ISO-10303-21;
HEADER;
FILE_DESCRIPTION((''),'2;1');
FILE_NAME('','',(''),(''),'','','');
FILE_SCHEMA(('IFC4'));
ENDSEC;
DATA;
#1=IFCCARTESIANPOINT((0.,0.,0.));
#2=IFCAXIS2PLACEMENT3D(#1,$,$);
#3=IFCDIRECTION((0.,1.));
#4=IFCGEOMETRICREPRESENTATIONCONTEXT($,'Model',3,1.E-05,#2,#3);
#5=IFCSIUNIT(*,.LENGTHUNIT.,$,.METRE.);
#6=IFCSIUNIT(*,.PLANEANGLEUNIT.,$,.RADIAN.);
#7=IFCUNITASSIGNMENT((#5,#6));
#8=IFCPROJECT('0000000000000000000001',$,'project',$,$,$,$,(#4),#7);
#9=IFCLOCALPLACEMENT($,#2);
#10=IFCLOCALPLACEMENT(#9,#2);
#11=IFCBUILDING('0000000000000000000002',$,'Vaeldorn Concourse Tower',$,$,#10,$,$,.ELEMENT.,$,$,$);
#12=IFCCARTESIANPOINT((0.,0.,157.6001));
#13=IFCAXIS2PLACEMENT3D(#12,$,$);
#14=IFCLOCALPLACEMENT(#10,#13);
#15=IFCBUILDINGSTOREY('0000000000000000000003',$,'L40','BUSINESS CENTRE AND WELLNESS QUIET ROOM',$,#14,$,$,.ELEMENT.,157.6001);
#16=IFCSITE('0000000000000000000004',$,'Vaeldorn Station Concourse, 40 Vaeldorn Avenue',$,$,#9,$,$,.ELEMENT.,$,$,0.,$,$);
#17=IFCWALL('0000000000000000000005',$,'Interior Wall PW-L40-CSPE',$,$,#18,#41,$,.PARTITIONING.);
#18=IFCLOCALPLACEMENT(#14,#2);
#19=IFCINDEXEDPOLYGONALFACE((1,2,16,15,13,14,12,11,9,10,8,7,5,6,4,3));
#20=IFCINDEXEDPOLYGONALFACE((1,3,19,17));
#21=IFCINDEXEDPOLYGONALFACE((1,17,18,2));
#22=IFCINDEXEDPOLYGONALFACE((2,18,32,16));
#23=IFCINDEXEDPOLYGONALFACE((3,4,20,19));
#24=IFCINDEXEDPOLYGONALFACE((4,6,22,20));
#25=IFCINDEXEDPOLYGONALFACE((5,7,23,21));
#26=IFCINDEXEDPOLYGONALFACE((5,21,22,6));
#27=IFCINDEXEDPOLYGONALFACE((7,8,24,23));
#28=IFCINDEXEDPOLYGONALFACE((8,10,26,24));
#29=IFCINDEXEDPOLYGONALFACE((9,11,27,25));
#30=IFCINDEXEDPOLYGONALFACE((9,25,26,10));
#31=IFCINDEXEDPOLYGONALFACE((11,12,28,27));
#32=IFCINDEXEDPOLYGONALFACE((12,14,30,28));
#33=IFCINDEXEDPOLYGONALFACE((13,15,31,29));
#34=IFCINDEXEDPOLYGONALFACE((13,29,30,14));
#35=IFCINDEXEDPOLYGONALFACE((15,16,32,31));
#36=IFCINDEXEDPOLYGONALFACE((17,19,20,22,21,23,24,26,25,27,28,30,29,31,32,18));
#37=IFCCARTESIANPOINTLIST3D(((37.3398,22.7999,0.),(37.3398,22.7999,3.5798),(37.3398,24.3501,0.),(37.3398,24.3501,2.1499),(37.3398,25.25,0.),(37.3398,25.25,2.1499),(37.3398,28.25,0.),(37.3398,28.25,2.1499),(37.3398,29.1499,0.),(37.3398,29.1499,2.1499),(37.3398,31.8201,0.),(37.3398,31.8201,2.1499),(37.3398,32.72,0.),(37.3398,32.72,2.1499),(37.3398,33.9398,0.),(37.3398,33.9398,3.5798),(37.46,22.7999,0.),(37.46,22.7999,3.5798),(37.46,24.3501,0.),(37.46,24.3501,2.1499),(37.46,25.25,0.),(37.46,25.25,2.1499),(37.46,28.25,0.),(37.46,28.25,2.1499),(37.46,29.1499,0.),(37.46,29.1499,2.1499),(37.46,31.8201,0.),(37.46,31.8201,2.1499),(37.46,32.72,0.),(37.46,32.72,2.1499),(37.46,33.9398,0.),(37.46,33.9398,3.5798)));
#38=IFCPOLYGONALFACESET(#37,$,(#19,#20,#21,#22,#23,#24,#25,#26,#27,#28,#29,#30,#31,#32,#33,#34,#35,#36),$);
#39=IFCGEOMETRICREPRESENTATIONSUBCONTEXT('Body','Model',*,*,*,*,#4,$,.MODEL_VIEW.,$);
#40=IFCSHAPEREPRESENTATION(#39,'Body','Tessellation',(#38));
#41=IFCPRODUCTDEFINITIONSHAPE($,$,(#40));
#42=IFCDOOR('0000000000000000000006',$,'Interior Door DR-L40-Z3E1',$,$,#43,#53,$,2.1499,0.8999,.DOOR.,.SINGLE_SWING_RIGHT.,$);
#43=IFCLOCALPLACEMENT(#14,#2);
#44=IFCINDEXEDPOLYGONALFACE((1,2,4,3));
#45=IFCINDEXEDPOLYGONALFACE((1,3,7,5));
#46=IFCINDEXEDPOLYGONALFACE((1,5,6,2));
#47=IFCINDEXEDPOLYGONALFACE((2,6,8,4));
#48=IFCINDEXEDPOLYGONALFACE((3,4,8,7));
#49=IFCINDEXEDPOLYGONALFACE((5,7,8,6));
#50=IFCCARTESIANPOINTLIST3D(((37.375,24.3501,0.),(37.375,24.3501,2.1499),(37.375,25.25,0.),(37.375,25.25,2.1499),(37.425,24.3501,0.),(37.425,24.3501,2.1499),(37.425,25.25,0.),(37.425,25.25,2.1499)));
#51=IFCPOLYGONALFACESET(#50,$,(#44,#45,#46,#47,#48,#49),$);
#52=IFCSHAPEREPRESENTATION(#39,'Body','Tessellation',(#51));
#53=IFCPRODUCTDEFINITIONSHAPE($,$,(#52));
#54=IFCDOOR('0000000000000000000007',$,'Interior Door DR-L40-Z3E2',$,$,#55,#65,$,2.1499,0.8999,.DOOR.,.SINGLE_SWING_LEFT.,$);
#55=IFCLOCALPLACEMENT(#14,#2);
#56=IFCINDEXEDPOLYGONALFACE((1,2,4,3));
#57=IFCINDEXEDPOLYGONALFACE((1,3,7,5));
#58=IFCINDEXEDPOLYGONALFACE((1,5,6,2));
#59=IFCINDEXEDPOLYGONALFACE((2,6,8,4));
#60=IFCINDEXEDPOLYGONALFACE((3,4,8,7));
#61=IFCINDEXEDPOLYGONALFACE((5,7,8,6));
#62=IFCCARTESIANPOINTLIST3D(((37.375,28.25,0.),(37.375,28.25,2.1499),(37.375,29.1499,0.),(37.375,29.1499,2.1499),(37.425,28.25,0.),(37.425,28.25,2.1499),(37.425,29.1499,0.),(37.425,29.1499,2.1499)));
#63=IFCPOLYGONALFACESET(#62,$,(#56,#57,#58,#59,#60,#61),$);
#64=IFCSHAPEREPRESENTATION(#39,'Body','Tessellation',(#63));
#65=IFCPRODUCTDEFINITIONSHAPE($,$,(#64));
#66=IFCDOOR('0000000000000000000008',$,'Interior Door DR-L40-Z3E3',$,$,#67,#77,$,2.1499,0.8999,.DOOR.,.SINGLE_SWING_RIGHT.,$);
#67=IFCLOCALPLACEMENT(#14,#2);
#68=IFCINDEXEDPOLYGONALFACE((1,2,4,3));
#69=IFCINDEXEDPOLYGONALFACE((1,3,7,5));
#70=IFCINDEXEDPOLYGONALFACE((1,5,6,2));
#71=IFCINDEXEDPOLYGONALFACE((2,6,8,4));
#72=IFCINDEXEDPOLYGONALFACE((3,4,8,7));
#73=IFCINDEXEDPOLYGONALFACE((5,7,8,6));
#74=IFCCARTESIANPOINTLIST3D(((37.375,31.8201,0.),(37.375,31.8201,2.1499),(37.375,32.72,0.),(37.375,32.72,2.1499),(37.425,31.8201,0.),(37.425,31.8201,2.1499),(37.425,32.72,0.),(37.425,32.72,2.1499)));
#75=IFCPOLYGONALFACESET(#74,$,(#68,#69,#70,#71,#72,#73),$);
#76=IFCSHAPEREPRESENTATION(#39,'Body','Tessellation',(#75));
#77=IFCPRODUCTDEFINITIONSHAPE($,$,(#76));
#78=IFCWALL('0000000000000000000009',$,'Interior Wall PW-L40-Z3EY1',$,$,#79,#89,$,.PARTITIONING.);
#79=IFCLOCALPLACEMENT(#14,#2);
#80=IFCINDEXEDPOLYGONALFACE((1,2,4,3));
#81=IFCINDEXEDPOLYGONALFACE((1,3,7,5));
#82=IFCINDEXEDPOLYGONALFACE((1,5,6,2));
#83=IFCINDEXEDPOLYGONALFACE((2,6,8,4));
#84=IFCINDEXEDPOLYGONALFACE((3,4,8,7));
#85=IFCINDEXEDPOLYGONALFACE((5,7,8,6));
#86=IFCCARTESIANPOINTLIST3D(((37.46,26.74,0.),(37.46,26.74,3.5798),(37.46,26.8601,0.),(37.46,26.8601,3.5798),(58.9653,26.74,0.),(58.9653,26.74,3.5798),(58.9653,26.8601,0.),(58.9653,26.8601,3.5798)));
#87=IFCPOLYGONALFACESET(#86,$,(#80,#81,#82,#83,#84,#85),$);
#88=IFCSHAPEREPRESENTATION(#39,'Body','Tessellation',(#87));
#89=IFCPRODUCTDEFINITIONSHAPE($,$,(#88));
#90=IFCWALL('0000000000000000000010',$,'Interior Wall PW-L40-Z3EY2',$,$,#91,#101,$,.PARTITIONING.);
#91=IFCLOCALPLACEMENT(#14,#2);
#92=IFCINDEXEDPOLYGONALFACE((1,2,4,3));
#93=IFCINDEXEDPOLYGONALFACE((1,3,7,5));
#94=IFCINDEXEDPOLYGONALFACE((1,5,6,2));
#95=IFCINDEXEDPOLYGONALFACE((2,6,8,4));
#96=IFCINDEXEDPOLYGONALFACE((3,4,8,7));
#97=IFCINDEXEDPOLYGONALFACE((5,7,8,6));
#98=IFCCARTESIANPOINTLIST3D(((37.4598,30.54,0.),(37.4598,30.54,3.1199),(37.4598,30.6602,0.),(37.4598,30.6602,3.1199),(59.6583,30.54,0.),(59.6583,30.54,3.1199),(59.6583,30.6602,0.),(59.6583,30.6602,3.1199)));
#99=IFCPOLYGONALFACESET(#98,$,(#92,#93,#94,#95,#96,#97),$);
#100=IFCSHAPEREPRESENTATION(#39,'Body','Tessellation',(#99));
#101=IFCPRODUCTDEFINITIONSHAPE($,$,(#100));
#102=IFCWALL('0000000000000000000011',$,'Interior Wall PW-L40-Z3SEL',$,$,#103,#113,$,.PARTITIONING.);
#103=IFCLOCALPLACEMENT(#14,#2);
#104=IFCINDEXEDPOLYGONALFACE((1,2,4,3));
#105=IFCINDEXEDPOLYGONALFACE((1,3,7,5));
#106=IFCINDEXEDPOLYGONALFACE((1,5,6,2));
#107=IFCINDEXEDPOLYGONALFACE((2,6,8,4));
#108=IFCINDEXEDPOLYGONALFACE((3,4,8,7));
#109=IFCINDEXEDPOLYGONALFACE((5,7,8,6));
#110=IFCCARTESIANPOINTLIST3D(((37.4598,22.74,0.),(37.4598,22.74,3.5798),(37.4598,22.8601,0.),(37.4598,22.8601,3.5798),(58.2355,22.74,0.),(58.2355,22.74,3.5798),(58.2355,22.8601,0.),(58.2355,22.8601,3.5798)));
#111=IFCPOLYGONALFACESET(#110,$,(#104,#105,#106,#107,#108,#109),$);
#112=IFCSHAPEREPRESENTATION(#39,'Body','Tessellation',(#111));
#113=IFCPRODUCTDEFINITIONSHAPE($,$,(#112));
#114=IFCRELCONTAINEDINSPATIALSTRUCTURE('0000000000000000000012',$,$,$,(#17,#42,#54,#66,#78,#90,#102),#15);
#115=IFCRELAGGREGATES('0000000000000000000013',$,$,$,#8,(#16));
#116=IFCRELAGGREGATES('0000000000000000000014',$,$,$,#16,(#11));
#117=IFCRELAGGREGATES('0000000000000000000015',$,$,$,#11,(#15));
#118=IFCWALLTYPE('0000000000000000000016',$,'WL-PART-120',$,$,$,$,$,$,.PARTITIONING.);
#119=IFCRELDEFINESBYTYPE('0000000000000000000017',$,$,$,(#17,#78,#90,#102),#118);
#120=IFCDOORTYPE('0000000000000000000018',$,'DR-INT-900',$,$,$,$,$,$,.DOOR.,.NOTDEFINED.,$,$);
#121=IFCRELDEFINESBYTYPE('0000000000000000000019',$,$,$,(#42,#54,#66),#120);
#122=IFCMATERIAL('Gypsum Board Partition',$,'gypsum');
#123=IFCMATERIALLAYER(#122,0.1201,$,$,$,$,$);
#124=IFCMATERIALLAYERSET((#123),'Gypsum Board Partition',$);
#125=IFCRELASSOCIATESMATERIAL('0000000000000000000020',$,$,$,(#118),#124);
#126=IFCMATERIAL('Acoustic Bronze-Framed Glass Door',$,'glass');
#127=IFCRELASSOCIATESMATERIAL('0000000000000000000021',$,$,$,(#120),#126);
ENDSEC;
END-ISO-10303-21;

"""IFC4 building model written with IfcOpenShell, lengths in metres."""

from ifc_helpers import new_model, si_unit, direction, frame, frame_2d, origin, place, context, subcontext, project, spatial, rectangle, extrude, source, transform, mapped, material, layer, layer_set, type_object, element, fill, save


model = new_model("IFC4")

# Units and contexts
model_context = context("Model", 3, precision=1e-05, world=origin(), true_north=direction((0.0, 1.0)))
body_context = subcontext(model_context, "Body", "Model", "MODEL_VIEW")
ifc_project = project(units=[si_unit("LENGTHUNIT", "METRE"), si_unit("PLANEANGLEUNIT", "RADIAN")], contexts=[model_context])

# Site, building, storey
site_placement = place(None, origin())
site = spatial("IfcSite", under=ifc_project, at=site_placement, Name="Vaeldorn Station Concourse, 40 Vaeldorn Avenue", CompositionType="ELEMENT", RefElevation=0.0)
building_placement = place(site_placement, origin())
building = spatial("IfcBuilding", under=site, at=building_placement, Name="Vaeldorn Concourse Tower", CompositionType="ELEMENT")
storey_placement = place(building_placement, frame((0.0, 0.0, 157.6001)))
storey = spatial("IfcBuildingStorey", under=building, at=storey_placement, Name="L40", Description="BUSINESS CENTRE AND WELLNESS QUIET ROOM", CompositionType="ELEMENT", Elevation=157.6001)

# Shared definitions
ifc_material_1 = material(Name="Gypsum Board Partition", Category="gypsum")
ifc_layer = layer(ifc_material_1, 0.1201)
ifc_layer_set = layer_set([ifc_layer], Name="Gypsum Board Partition")
wall_type = type_object("IfcWallType", Name="WL-PART-120", PredefinedType="PARTITIONING", material=ifc_layer_set)

# Wall, openings, doors
ifc_material_2 = material(Name="Acoustic Bronze-Framed Glass Door", Category="glass")
door_type = type_object("IfcDoorType", Name="DR-INT-900", OperationType="NOTDEFINED", PredefinedType="DOOR", material=ifc_material_2)
shared_shape_1 = source(origin(), body_context, "Body", "SweptSolid", [
    extrude(rectangle(XDim=0.8999, YDim=2.1499, at=frame_2d((0.45, 1.075))), frame((0.0, 0.0249, 0.0), z_axis=(0.0, -1.0, 0.0), x_axis=(1.0, 0.0, 0.0)), (0.0, 0.0, 1.0), 0.05),
])
wall_1_placement = place(storey_placement, frame((37.3999, 22.8, 0.0), z_axis=(0.0, 0.0, 1.0), x_axis=(0.0, 1.0, 0.0)))
wall_1 = element("IfcWall", 1, at=wall_1_placement, inside=storey, type_object=wall_type, Name="Interior Wall PW-L40-CSPE", PredefinedType="PARTITIONING", context=body_context, shape_type="SweptSolid", body=[
    extrude(rectangle(XDim=11.1399, YDim=0.1201, at=frame_2d((5.5698, 0.0))), origin(), (0.0, 0.0, 1.0), 3.5798),
])
opening_1_placement = place(wall_1_placement, frame((1.55, 0.0, 0.0)))
opening_1 = element("IfcOpeningElement", 2, at=opening_1_placement, cuts=wall_1, PredefinedType="OPENING", context=body_context, shape_type="SweptSolid", body=[
    extrude(rectangle(XDim=0.8999, YDim=2.1499, at=frame_2d((0.45, 1.075))), frame((0.0, 0.0701, 0.0), z_axis=(0.0, -1.0, 0.0), x_axis=(1.0, 0.0, 0.0)), (0.0, 0.0, 1.0), 0.1401),
])
opening_2_placement = place(wall_1_placement, frame((5.45, 0.0, 0.0)))
opening_2 = element("IfcOpeningElement", 3, at=opening_2_placement, cuts=wall_1, PredefinedType="OPENING", context=body_context, shape_type="SweptSolid", body=[
    extrude(rectangle(XDim=0.8999, YDim=2.1499, at=frame_2d((0.45, 1.075))), frame((0.0, 0.0701, 0.0), z_axis=(0.0, -1.0, 0.0), x_axis=(1.0, 0.0, 0.0)), (0.0, 0.0, 1.0), 0.1401),
])
opening_3_placement = place(wall_1_placement, frame((9.02, 0.0, 0.0)))
opening_3 = element("IfcOpeningElement", 4, at=opening_3_placement, cuts=wall_1, PredefinedType="OPENING", context=body_context, shape_type="SweptSolid", body=[
    extrude(rectangle(XDim=0.8999, YDim=2.1499, at=frame_2d((0.45, 1.075))), frame((0.0, 0.0701, 0.0), z_axis=(0.0, -1.0, 0.0), x_axis=(1.0, 0.0, 0.0)), (0.0, 0.0, 1.0), 0.1401),
])
door_1_placement = place(opening_1_placement, origin())
door_1 = element("IfcDoor", 5, at=door_1_placement, inside=storey, type_object=door_type, Name="Interior Door DR-L40-Z3E1", OperationType="SINGLE_SWING_RIGHT", OverallHeight=2.1499, OverallWidth=0.8999, PredefinedType="DOOR", context=body_context, shape_type="MappedRepresentation", body=[
    mapped(shared_shape_1, transform((0.0, 0.0, 0.0), scale=1.0)),
])
fill(opening_1, door_1)
door_2_placement = place(opening_2_placement, origin())
door_2 = element("IfcDoor", 6, at=door_2_placement, inside=storey, type_object=door_type, Name="Interior Door DR-L40-Z3E2", OperationType="SINGLE_SWING_LEFT", OverallHeight=2.1499, OverallWidth=0.8999, PredefinedType="DOOR", context=body_context, shape_type="MappedRepresentation", body=[
    mapped(shared_shape_1, transform((0.0, 0.0, 0.0), scale=1.0)),
])
fill(opening_2, door_2)
door_3_placement = place(opening_3_placement, origin())
door_3 = element("IfcDoor", 7, at=door_3_placement, inside=storey, type_object=door_type, Name="Interior Door DR-L40-Z3E3", OperationType="SINGLE_SWING_RIGHT", OverallHeight=2.1499, OverallWidth=0.8999, PredefinedType="DOOR", context=body_context, shape_type="MappedRepresentation", body=[
    mapped(shared_shape_1, transform((0.0, 0.0, 0.0), scale=1.0)),
])
fill(opening_3, door_3)

# Walls
wall_2_placement = place(storey_placement, frame((37.46, 26.8, 0.0), z_axis=(0.0, 0.0, 1.0), x_axis=(1.0, 0.0, 0.0)))
element("IfcWall", 8, at=wall_2_placement, inside=storey, type_object=wall_type, Name="Interior Wall PW-L40-Z3EY1", PredefinedType="PARTITIONING", context=body_context, shape_type="SweptSolid", body=[
    extrude(rectangle(XDim=21.5054, YDim=0.1201, at=frame_2d((10.7527, 0.0))), origin(), (0.0, 0.0, 1.0), 3.5798),
])
wall_3_placement = place(storey_placement, frame((37.46, 30.6001, 0.0), z_axis=(0.0, 0.0, 1.0), x_axis=(1.0, 0.0, 0.0)))
element("IfcWall", 9, at=wall_3_placement, inside=storey, type_object=wall_type, Name="Interior Wall PW-L40-Z3EY2", PredefinedType="PARTITIONING", context=body_context, shape_type="SweptSolid", body=[
    extrude(rectangle(XDim=22.1985, YDim=0.1201, at=frame_2d((11.0991, 0.0))), origin(), (0.0, 0.0, 1.0), 3.1199),
])
wall_4_placement = place(storey_placement, frame((37.46, 22.8, 0.0), z_axis=(0.0, 0.0, 1.0), x_axis=(1.0, 0.0, 0.0)))
element("IfcWall", 10, at=wall_4_placement, inside=storey, type_object=wall_type, Name="Interior Wall PW-L40-Z3SEL", PredefinedType="PARTITIONING", context=body_context, shape_type="SweptSolid", body=[
    extrude(rectangle(XDim=20.7756, YDim=0.1201, at=frame_2d((10.3877, 0.0))), origin(), (0.0, 0.0, 1.0), 3.5798),
])

save(model, "model.ifc")
